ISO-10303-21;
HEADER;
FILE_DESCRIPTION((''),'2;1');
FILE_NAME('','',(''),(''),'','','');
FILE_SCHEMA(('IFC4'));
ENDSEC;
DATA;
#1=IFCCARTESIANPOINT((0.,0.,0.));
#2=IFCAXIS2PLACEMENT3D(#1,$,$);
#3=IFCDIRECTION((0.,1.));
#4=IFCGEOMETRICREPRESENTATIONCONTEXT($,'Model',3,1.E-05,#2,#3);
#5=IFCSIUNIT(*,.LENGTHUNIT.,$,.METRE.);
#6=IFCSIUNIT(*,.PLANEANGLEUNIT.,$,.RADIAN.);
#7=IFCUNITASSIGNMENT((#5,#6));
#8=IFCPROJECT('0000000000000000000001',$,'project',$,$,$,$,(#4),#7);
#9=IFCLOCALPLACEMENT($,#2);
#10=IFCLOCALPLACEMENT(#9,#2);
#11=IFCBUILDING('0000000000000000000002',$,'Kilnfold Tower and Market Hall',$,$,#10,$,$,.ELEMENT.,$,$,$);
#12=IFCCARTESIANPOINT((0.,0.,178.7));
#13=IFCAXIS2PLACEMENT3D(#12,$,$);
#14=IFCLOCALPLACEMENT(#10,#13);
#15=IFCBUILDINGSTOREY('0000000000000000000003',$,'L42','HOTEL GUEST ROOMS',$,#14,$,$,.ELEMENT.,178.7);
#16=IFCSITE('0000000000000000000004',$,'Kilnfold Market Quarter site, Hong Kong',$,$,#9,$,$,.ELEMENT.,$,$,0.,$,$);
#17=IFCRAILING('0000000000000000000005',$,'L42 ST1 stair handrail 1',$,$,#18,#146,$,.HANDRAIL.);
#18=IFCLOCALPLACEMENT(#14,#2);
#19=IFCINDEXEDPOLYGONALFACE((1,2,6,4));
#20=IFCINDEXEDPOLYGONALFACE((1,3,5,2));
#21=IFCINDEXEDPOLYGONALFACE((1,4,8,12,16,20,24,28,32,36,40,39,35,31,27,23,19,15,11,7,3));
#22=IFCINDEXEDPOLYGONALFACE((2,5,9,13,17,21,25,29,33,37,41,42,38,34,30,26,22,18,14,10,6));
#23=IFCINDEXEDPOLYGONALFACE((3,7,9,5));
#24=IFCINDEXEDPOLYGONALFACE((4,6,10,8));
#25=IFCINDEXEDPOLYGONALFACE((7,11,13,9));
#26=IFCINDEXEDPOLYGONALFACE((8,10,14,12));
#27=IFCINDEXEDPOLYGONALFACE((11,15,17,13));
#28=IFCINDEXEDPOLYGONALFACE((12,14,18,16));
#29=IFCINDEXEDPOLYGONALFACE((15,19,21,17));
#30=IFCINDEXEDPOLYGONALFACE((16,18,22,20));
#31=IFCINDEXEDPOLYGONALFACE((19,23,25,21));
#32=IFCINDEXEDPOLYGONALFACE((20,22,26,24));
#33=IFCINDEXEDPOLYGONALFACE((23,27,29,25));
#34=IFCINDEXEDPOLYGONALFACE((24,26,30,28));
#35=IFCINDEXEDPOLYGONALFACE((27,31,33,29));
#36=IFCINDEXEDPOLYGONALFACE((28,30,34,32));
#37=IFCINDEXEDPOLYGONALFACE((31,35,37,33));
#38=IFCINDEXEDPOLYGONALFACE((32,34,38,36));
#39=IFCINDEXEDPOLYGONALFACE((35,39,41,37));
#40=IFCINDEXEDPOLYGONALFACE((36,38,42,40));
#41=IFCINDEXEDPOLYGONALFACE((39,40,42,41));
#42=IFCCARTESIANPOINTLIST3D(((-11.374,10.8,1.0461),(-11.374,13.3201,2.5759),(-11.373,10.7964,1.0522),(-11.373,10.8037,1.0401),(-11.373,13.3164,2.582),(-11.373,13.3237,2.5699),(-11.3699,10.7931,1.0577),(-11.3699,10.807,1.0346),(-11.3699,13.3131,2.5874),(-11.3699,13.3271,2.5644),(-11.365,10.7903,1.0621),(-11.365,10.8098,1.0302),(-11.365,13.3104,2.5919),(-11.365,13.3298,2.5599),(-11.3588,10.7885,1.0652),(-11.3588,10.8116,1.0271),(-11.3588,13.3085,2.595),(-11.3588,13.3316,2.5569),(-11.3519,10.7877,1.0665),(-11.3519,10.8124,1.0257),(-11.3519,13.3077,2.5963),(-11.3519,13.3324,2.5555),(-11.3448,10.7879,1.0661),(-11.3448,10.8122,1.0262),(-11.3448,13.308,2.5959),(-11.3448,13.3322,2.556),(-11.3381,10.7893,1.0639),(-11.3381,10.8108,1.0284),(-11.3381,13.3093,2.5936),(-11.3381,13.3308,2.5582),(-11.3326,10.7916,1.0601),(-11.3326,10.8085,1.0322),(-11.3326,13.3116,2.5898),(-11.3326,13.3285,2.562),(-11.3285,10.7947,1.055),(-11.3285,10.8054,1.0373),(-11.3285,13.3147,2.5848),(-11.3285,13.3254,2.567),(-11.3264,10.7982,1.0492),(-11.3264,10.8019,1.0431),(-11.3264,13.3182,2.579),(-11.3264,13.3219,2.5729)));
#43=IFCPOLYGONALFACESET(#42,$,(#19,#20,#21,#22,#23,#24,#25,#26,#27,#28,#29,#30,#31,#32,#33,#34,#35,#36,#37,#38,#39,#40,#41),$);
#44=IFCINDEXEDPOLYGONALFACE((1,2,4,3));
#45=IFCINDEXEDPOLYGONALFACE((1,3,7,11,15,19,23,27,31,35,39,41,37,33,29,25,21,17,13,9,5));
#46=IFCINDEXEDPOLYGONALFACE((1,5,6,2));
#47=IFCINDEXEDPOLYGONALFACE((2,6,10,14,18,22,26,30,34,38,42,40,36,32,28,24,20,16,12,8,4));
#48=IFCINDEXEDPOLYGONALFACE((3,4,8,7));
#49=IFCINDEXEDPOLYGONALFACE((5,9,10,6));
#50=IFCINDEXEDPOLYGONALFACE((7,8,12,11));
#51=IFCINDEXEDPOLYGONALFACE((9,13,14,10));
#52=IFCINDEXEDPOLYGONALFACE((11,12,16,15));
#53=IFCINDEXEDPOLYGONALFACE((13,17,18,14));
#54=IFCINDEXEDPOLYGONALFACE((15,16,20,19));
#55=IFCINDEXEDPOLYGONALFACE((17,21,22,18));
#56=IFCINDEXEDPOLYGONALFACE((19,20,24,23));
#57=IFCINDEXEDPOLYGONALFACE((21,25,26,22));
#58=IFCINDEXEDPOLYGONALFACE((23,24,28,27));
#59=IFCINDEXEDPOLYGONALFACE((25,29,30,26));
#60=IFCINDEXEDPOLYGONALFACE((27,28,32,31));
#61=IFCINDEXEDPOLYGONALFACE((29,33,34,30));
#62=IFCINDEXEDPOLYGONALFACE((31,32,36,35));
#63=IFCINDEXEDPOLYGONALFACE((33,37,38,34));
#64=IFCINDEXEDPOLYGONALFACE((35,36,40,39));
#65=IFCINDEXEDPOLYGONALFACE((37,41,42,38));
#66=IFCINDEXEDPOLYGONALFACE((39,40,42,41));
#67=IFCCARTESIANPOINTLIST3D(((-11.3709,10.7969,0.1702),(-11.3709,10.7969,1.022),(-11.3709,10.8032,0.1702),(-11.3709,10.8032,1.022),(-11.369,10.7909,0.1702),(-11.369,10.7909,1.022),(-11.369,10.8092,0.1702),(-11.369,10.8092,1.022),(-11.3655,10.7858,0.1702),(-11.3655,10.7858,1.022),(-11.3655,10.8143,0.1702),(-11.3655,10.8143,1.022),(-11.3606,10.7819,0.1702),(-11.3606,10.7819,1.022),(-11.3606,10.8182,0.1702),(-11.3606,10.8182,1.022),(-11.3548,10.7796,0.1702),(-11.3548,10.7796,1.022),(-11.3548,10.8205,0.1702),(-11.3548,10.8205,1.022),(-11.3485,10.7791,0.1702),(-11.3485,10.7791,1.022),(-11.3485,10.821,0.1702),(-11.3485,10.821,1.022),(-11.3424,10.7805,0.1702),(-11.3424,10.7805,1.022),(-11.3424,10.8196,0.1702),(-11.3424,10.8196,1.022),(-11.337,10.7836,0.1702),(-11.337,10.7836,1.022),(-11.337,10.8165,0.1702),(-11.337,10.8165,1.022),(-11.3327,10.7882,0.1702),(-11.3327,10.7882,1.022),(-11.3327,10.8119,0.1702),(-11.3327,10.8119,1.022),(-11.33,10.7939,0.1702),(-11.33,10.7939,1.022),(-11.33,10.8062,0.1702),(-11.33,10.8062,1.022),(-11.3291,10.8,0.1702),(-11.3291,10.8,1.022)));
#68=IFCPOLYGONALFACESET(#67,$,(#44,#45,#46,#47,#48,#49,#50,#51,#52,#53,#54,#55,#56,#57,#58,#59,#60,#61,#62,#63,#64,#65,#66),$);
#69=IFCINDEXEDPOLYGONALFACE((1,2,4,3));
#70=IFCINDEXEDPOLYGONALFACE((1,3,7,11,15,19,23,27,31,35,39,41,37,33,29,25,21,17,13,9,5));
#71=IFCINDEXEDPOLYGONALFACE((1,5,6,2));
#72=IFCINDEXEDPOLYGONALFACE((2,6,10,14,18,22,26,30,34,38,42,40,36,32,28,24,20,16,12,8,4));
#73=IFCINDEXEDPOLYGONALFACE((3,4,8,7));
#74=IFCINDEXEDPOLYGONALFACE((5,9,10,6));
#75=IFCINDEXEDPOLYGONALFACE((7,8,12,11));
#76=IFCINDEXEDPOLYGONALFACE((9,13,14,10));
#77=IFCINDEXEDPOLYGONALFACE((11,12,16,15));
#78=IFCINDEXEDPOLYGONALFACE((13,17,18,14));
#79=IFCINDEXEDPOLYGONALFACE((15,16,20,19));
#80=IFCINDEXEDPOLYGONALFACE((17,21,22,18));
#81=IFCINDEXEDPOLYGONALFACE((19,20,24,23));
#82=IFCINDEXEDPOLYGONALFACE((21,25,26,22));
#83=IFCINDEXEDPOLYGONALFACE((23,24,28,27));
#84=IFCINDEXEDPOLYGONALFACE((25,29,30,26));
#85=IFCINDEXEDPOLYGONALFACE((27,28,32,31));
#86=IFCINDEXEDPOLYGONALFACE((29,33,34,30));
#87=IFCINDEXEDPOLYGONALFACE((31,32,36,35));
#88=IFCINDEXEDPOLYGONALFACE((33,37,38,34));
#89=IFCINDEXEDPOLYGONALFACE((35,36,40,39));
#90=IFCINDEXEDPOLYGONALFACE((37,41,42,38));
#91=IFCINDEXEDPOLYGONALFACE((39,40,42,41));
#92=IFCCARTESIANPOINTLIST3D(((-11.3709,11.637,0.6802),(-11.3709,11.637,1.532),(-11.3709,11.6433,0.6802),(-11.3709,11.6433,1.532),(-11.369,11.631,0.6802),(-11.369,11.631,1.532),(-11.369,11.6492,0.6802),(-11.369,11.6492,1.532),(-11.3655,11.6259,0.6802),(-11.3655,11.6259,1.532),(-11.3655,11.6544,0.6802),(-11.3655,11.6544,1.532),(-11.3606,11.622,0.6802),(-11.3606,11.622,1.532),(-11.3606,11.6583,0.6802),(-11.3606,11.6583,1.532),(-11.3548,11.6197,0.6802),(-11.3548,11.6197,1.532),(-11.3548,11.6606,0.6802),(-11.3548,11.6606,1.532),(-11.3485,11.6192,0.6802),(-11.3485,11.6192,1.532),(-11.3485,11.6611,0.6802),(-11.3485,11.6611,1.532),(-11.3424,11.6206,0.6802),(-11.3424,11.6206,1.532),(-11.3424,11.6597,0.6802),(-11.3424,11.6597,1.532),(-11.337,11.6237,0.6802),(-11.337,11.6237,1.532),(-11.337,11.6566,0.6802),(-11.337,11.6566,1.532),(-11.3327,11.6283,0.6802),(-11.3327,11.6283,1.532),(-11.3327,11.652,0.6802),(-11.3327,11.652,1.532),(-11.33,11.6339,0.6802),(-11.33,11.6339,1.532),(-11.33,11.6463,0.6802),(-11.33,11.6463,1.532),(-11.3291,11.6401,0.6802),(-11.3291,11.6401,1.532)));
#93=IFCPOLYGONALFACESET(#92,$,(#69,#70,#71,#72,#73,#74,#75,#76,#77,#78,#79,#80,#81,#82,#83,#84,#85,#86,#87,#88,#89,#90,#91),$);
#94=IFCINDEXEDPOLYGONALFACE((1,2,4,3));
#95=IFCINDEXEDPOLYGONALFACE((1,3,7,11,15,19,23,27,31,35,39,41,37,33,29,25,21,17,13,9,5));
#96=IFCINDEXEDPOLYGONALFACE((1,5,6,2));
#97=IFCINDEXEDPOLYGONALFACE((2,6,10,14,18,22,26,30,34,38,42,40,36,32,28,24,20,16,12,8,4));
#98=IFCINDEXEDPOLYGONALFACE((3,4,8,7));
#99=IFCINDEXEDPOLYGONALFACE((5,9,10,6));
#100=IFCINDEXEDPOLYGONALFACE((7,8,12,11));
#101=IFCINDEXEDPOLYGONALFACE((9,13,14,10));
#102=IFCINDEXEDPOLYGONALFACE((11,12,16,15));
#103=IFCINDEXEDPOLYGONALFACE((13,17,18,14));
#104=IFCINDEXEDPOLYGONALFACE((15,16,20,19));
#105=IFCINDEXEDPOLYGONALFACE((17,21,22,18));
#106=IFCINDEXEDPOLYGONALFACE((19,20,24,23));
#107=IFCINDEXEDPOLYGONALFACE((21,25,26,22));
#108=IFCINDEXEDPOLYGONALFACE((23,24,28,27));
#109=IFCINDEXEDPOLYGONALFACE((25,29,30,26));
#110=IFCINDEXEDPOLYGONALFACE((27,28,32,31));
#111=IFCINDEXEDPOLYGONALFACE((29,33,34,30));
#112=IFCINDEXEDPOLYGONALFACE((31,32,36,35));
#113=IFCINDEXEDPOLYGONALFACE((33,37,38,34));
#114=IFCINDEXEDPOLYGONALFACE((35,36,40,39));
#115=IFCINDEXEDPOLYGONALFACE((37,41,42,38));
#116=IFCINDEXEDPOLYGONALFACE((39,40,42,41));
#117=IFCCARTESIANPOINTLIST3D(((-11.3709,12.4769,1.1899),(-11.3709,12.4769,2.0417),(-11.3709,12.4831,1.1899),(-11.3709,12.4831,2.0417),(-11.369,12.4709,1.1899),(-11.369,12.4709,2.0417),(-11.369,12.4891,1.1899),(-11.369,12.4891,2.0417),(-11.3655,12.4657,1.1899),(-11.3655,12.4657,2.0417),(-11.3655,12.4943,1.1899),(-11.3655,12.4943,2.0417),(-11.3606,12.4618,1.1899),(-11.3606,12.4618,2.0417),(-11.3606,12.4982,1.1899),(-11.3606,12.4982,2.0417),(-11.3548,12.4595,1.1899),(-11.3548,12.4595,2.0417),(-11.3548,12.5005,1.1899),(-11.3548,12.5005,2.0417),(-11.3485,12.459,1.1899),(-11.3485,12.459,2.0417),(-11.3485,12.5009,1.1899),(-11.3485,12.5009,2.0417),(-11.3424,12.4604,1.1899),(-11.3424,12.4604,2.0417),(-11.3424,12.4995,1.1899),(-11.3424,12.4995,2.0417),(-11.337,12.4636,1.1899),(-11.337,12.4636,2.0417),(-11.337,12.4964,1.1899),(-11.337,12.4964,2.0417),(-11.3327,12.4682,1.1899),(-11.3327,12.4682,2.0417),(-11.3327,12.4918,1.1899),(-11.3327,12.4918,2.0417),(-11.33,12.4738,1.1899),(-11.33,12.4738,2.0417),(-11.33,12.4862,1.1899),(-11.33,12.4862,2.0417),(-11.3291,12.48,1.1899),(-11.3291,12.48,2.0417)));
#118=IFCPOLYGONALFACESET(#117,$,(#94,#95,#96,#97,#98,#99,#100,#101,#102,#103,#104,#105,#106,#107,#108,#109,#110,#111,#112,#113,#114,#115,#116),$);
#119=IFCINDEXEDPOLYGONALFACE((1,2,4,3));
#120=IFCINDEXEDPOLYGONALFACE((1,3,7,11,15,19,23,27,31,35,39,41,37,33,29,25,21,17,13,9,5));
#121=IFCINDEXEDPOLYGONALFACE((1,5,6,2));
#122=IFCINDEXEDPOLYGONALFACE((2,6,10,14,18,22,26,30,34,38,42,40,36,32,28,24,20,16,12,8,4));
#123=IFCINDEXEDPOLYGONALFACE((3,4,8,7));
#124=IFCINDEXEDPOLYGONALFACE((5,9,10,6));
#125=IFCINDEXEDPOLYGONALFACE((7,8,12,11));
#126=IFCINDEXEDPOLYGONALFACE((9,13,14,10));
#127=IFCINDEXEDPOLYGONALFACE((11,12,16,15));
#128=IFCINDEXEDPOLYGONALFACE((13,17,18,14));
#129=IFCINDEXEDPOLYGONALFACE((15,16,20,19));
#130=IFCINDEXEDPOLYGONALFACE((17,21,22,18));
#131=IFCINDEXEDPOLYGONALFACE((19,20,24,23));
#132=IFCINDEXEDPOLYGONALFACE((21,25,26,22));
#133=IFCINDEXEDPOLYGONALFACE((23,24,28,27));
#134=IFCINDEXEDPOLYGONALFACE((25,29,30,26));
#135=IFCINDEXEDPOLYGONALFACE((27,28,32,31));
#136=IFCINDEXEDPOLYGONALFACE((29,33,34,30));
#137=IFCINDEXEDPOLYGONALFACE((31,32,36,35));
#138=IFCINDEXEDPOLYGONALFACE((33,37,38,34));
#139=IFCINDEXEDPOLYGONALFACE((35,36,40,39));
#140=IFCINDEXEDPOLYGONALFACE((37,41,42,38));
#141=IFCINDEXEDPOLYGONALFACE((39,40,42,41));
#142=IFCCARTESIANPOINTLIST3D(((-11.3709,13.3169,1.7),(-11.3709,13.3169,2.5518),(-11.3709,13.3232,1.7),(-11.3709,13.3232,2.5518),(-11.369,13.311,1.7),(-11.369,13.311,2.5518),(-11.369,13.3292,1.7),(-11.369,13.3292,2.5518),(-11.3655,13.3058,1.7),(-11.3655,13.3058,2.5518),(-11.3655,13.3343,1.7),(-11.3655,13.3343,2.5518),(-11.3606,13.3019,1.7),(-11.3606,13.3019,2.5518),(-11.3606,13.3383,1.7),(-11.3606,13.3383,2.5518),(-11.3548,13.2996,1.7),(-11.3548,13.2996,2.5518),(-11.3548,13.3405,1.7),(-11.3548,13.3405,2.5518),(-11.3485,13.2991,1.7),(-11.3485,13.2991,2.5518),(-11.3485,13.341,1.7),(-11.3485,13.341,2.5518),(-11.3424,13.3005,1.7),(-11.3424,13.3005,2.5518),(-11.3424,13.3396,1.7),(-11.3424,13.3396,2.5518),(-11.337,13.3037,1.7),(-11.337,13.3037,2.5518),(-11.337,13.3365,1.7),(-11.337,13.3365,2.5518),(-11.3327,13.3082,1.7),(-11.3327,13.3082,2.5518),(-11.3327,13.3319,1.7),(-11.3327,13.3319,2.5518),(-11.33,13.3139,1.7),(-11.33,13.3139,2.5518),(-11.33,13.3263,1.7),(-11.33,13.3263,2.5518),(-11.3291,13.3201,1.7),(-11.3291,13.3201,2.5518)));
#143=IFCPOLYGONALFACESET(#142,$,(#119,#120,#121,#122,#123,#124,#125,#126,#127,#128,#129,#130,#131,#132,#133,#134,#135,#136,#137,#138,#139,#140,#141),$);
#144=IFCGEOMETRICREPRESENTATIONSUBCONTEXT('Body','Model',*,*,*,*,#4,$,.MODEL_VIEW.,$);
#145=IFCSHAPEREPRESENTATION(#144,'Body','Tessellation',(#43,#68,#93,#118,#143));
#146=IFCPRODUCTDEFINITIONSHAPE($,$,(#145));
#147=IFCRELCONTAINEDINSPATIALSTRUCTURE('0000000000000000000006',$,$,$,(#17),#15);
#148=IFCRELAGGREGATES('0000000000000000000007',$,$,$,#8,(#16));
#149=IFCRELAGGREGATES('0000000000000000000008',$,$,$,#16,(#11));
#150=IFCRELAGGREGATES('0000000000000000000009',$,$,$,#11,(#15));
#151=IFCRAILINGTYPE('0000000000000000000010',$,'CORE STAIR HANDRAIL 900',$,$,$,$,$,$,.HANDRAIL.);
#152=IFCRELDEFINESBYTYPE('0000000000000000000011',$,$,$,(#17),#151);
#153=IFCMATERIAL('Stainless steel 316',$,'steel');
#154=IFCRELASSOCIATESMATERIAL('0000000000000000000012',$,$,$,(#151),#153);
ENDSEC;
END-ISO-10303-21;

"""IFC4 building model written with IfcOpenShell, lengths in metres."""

from ifc_helpers import new_model, si_unit, direction, frame, origin, origin_2d, place, context, subcontext, project, spatial, circle, extrude, material, type_object, element, save


model = new_model("IFC4")

# Units and contexts
model_context = context("Model", 3, precision=1e-05, world=origin(), true_north=direction((0.0, 1.0)))
body_context = subcontext(model_context, "Body", "Model", "MODEL_VIEW")
ifc_project = project(units=[si_unit("LENGTHUNIT", "METRE"), si_unit("PLANEANGLEUNIT", "RADIAN")], contexts=[model_context])

# Site, building, storey
site_placement = place(None, origin())
site = spatial("IfcSite", under=ifc_project, at=site_placement, Name="Kilnfold Market Quarter site, Hong Kong", CompositionType="ELEMENT", RefElevation=0.0)
building_placement = place(site_placement, origin())
building = spatial("IfcBuilding", under=site, at=building_placement, Name="Kilnfold Tower and Market Hall", CompositionType="ELEMENT")
storey_placement = place(building_placement, frame((0.0, 0.0, 178.7)))
storey = spatial("IfcBuildingStorey", under=building, at=storey_placement, Name="L42", Description="HOTEL GUEST ROOMS", CompositionType="ELEMENT", Elevation=178.7)

# Railing
ifc_material_1 = material(Name="Stainless steel 316", Category="steel")
railing_type_1 = type_object("IfcRailingType", Name="CORE STAIR HANDRAIL 900", PredefinedType="HANDRAIL", material=ifc_material_1)
railing_1_placement = place(storey_placement, frame((-11.3501, 10.8, 0.1702)))
element("IfcRailing", 1, at=railing_1_placement, inside=storey, type_object=railing_type_1, Name="L42 ST1 stair handrail 1", PredefinedType="HANDRAIL", context=body_context, shape_type="SweptSolid", body=[
    extrude(circle(Radius=0.0239, at=origin_2d()), frame((0.0, 0.0, 0.876), z_axis=(0.0, 0.854822, 0.518922), x_axis=(-1.0, 0.0, 0.0)), (0.0, 0.0, 1.0), 2.948),
    extrude(circle(Radius=0.021, at=origin_2d()), origin(), (0.0, 0.0, 1.0), 0.8518),
    extrude(circle(Radius=0.021, at=origin_2d()), frame((0.0, 0.8401, 0.51)), (0.0, 0.0, 1.0), 0.8518),
    extrude(circle(Radius=0.021, at=origin_2d()), frame((0.0, 1.6799, 1.0198)), (0.0, 0.0, 1.0), 0.8518),
    extrude(circle(Radius=0.021, at=origin_2d()), frame((0.0, 2.52, 1.5298)), (0.0, 0.0, 1.0), 0.8518),
])

save(model, "model.ifc")
